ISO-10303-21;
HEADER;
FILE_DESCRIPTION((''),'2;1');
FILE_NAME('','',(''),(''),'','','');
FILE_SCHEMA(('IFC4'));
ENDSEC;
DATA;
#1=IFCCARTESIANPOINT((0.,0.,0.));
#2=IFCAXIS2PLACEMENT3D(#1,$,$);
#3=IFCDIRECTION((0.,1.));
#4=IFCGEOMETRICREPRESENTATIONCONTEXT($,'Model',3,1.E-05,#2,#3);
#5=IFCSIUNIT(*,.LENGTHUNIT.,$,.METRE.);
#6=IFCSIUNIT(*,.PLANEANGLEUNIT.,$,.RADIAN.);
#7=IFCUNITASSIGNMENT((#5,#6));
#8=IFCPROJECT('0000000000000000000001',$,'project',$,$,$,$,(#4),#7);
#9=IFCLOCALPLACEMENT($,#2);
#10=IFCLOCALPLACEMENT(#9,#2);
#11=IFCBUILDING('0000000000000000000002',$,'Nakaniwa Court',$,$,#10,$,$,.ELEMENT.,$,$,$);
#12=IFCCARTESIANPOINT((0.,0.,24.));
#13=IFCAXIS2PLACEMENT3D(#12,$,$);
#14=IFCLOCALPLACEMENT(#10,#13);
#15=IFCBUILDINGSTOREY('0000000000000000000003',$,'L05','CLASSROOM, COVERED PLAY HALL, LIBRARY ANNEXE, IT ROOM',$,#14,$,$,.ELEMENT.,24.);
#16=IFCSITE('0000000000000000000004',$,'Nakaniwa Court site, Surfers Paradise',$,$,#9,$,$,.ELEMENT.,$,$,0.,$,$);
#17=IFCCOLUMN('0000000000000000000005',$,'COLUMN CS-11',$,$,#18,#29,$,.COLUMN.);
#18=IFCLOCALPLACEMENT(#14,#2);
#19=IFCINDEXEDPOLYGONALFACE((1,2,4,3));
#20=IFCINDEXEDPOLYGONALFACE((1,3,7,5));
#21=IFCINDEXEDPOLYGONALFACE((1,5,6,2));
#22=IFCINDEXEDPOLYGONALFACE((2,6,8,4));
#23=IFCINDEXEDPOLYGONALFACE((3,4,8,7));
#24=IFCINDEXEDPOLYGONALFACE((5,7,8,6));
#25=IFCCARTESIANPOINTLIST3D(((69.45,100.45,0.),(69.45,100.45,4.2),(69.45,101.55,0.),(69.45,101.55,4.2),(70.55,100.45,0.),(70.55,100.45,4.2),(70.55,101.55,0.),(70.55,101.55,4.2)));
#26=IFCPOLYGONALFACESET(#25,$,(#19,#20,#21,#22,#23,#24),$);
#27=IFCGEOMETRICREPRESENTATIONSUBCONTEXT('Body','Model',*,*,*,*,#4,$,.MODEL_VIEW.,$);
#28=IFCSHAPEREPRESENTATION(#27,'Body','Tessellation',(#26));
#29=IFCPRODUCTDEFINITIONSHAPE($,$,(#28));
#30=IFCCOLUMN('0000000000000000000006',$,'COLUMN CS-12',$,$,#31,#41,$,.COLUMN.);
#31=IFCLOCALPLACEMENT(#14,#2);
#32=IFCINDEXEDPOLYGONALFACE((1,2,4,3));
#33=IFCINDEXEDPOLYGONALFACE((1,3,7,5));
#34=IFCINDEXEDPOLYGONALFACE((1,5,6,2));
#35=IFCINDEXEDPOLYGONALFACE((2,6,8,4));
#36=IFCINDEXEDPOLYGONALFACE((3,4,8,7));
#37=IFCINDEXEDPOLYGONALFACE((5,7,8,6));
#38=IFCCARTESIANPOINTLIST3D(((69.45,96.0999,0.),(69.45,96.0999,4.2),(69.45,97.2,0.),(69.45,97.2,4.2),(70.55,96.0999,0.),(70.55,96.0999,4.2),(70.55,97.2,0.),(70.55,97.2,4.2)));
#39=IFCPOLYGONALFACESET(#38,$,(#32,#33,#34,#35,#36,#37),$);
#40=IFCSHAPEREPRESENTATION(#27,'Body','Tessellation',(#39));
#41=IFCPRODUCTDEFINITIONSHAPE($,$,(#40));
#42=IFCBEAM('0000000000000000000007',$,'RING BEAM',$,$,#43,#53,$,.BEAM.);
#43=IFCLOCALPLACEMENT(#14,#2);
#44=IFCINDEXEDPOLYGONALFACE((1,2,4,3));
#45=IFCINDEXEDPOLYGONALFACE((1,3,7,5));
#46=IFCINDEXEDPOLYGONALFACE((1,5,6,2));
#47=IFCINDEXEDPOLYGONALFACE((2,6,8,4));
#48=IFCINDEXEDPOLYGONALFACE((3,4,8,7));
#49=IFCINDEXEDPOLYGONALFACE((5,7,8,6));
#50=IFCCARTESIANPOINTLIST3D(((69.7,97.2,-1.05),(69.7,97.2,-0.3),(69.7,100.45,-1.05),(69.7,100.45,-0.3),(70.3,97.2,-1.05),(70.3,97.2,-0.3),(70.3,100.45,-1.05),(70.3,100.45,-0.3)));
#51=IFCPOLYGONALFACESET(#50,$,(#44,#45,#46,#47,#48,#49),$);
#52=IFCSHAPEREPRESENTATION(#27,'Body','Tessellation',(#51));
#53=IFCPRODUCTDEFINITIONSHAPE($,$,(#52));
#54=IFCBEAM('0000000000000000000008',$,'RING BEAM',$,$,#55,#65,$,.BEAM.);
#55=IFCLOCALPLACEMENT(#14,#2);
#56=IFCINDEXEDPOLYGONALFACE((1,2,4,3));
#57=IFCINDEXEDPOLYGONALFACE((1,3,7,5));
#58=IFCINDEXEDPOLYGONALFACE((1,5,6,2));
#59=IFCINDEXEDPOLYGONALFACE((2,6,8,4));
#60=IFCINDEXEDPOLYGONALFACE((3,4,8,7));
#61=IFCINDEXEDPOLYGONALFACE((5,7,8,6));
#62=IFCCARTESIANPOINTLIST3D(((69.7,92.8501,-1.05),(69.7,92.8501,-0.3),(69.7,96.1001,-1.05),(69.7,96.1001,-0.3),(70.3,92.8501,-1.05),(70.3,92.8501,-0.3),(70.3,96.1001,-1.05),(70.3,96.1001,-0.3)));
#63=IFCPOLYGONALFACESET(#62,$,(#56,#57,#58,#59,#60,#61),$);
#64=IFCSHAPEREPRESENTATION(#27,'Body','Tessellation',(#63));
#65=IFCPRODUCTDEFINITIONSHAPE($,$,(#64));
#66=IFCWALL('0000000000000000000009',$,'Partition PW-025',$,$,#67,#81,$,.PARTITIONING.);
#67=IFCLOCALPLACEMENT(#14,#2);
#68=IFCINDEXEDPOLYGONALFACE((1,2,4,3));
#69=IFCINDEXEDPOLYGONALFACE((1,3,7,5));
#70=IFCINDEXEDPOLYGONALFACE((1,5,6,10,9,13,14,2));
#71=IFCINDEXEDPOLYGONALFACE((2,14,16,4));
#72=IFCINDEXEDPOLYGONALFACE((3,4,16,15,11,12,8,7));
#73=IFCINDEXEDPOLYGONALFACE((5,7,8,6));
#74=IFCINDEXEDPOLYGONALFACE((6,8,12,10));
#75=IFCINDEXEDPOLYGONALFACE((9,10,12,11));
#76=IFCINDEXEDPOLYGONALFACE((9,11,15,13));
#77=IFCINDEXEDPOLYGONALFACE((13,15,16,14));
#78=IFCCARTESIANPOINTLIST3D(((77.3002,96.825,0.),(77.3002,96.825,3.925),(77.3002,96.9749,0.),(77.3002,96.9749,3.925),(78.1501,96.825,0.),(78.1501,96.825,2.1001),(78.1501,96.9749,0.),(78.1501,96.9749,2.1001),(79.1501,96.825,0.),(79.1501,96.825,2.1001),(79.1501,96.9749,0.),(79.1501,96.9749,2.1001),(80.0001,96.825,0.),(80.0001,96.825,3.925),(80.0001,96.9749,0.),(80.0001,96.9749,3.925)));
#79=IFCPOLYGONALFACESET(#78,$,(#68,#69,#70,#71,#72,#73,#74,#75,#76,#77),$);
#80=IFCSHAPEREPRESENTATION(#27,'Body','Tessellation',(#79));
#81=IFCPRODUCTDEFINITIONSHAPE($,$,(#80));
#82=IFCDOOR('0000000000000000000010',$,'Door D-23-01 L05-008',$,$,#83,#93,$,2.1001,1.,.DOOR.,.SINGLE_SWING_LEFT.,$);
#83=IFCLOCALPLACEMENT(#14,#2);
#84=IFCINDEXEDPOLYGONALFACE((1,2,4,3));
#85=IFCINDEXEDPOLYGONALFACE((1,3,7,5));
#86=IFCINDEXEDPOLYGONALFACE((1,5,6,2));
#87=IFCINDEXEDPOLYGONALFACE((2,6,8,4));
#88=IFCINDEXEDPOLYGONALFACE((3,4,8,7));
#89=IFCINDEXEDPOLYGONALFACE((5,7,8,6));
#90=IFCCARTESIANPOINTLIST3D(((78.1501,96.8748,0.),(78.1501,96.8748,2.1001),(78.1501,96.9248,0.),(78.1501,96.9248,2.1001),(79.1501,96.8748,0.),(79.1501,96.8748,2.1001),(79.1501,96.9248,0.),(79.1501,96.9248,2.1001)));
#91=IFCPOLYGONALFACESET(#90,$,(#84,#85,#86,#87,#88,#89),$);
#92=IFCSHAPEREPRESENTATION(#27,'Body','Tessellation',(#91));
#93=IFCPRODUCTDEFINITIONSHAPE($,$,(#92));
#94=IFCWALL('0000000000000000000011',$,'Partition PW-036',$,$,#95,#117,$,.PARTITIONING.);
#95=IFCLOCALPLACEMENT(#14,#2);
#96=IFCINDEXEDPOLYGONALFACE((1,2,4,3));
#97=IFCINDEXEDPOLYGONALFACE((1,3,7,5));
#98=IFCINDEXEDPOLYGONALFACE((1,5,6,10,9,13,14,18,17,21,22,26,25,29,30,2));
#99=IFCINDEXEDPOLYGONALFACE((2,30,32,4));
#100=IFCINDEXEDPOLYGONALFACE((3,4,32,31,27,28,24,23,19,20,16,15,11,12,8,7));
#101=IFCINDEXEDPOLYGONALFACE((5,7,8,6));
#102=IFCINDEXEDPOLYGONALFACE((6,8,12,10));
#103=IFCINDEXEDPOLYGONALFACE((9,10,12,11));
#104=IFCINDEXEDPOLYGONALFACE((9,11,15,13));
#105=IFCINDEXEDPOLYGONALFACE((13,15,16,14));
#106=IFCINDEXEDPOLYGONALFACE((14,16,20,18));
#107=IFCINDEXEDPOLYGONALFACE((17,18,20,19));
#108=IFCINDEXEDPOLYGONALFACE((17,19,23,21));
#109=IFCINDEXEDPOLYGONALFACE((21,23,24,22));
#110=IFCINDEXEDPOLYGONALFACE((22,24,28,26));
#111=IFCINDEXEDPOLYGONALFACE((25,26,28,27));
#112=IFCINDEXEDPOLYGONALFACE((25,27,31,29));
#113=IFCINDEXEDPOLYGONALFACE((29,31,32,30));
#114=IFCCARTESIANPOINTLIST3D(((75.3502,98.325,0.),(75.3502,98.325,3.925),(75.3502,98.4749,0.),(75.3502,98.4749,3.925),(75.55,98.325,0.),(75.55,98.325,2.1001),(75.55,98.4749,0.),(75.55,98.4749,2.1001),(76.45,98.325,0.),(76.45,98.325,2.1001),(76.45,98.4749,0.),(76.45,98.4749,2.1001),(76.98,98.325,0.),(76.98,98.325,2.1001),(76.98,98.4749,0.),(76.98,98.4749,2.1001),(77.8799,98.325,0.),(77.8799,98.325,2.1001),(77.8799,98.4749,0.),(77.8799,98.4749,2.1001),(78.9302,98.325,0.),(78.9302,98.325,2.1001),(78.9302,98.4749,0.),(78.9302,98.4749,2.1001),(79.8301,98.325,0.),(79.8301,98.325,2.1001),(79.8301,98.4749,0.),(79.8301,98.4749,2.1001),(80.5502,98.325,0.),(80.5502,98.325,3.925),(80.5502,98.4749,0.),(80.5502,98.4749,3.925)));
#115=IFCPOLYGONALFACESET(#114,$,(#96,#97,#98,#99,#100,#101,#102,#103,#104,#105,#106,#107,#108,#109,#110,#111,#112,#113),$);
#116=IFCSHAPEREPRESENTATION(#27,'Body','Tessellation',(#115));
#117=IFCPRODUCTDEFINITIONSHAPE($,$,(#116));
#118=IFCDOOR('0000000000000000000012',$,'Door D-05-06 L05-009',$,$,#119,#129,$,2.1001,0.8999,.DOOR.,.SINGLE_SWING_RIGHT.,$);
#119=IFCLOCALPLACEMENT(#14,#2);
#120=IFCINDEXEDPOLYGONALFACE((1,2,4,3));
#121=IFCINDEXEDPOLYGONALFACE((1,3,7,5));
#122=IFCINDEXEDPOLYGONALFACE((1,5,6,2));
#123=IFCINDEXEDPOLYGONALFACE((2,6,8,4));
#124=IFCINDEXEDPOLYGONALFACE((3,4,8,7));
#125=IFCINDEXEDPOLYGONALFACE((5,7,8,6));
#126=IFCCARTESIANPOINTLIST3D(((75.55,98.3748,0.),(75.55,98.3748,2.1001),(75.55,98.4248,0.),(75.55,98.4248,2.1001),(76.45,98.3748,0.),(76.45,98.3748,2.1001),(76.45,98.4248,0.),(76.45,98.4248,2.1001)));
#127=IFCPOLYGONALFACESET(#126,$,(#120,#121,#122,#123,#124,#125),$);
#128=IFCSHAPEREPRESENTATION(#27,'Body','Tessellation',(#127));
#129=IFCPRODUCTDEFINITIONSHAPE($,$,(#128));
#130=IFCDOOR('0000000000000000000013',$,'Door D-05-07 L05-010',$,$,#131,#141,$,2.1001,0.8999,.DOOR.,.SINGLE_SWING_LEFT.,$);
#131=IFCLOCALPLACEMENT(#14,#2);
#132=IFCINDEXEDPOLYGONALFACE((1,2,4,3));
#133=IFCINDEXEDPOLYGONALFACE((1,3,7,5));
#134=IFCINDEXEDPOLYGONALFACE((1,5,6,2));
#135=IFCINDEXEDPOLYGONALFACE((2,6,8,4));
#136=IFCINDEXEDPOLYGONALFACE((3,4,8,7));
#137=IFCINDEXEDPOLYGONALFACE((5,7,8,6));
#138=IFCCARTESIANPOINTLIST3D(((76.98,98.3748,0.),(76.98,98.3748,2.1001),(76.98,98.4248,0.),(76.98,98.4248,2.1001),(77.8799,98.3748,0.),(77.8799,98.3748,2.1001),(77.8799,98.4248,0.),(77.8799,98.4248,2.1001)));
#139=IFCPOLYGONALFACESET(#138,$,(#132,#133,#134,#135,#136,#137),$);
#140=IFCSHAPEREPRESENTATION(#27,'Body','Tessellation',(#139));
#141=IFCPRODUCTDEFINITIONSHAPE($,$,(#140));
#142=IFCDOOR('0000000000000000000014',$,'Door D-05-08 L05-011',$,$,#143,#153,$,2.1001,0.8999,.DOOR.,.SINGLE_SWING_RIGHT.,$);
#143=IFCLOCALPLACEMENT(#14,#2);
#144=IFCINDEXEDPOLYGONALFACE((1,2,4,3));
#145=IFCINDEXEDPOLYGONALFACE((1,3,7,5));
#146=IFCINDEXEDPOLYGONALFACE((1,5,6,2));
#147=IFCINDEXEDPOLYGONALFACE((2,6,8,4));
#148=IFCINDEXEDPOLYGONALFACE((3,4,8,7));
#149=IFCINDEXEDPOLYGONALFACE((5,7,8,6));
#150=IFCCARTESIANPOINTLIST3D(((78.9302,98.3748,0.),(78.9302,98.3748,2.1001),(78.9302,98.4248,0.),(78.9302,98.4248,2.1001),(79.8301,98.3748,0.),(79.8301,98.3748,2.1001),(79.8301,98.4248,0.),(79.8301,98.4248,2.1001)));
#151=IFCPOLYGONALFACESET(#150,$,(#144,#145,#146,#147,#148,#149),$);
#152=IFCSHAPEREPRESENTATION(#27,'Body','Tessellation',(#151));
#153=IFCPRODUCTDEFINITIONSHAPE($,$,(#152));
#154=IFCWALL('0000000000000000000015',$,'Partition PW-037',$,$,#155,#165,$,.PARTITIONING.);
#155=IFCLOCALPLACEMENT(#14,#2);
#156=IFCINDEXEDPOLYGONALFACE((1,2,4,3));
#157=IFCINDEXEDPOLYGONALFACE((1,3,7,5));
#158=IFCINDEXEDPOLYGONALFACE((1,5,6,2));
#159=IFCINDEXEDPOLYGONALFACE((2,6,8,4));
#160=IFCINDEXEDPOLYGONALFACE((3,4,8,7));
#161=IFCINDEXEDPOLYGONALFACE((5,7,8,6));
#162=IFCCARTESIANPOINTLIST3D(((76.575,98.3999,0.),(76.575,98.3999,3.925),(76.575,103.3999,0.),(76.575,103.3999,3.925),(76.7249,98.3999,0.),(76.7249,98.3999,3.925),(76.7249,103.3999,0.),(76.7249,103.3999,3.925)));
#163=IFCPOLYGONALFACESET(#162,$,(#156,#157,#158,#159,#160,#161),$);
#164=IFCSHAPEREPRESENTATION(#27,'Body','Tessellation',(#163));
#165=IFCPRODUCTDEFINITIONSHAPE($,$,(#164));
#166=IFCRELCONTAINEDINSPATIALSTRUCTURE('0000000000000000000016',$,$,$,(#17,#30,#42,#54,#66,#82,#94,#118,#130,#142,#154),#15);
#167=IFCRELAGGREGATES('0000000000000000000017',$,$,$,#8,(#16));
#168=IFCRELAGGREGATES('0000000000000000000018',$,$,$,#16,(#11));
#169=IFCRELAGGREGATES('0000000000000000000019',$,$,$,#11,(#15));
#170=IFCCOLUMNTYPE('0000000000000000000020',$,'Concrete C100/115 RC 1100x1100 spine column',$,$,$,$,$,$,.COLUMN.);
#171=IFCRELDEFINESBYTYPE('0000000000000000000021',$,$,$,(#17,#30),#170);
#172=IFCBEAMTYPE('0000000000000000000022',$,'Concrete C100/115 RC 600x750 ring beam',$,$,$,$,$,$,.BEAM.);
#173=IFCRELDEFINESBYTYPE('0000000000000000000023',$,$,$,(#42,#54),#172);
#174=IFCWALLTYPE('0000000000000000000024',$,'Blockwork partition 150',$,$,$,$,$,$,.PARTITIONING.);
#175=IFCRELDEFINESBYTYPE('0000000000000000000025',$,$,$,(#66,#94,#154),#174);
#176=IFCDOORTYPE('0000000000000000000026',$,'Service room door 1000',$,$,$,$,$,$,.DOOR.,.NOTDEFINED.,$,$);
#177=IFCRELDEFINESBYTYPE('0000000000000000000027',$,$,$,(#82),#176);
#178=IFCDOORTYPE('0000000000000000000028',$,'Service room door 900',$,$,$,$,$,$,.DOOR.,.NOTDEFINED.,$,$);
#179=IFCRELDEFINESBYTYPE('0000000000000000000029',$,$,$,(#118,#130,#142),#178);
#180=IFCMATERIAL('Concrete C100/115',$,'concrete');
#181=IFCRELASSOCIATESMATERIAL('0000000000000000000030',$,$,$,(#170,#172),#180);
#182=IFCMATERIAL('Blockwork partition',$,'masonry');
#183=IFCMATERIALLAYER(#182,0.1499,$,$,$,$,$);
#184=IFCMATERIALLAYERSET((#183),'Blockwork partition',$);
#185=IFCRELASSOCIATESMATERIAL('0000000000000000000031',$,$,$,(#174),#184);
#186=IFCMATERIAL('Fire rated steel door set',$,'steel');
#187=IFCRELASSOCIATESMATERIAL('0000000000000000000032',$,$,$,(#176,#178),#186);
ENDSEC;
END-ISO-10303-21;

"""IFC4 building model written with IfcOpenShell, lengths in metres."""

from ifc_helpers import new_model, si_unit, direction, frame, frame_2d, origin, origin_2d, place, context, subcontext, project, spatial, rectangle, extrude, material, layer, layer_set, material_profile, profile_set, type_object, element, fill, save


model = new_model("IFC4")

# Units and contexts
model_context = context("Model", 3, precision=1e-05, world=origin(), true_north=direction((0.0, 1.0)))
body_context = subcontext(model_context, "Body", "Model", "MODEL_VIEW")
ifc_project = project(units=[si_unit("LENGTHUNIT", "METRE"), si_unit("PLANEANGLEUNIT", "RADIAN")], contexts=[model_context])

# Site, building, storey
site_placement = place(None, origin())
site = spatial("IfcSite", under=ifc_project, at=site_placement, Name="Nakaniwa Court site, Surfers Paradise", CompositionType="ELEMENT", RefElevation=0.0)
building_placement = place(site_placement, origin())
building = spatial("IfcBuilding", under=site, at=building_placement, Name="Nakaniwa Court", CompositionType="ELEMENT")
storey_placement = place(building_placement, frame((0.0, 0.0, 24.0)))
storey = spatial("IfcBuildingStorey", under=building, at=storey_placement, Name="L05", Description="CLASSROOM, COVERED PLAY HALL, LIBRARY ANNEXE, IT ROOM", CompositionType="ELEMENT", Elevation=24.0)

# Columns
ifc_material_1 = material(Name="Concrete C100/115", Category="concrete")
ifc_material_profile_1 = material_profile(ifc_material_1, rectangle(XDim=1.1001, YDim=1.1001, at=origin_2d()), Name="Concrete C100/115 RC 1100x1100 spine column")
ifc_profile_set_1 = profile_set([ifc_material_profile_1], Name="Concrete C100/115")
column_type = type_object("IfcColumnType", Name="Concrete C100/115 RC 1100x1100 spine column", PredefinedType="COLUMN", material=ifc_profile_set_1)
for number, where, z_axis, x_axis, name in (
    (1, (70.0, 101.0, 0.0), (0.0, 0.0, 1.0), (0.0, -1.0, 0.0), "COLUMN CS-11"),
    (2, (70.0, 96.6499, 0.0), (0.0, 0.0, 1.0), (0.0, -1.0, 0.0), "COLUMN CS-12"),
):
    element("IfcColumn", number, at=place(storey_placement, frame(where, z_axis=z_axis, x_axis=x_axis)), inside=storey, type_object=column_type, Name=name, PredefinedType="COLUMN", context=body_context, shape_type="SweptSolid", body=[
        extrude(rectangle(XDim=1.1001, YDim=1.1001, at=origin_2d()), origin(), (0.0, 0.0, 1.0), 4.2),
    ])

# Beams
ifc_material_profile_2 = material_profile(ifc_material_1, rectangle(XDim=0.6001, YDim=0.75, at=origin_2d()), Name="Concrete C100/115 RC 600x750 ring beam")
ifc_profile_set_2 = profile_set([ifc_material_profile_2], Name="Concrete C100/115")
beam_type = type_object("IfcBeamType", Name="Concrete C100/115 RC 600x750 ring beam", PredefinedType="BEAM", material=ifc_profile_set_2)
for number, where, z_axis, x_axis, name in (
    (3, (70.0, 100.45, -0.675), (0.0, -1.0, 0.0), (1.0, 0.0, 0.0), "RING BEAM"),
    (4, (70.0, 96.1001, -0.675), (0.0, -1.0, 0.0), (1.0, 0.0, 0.0), "RING BEAM"),
):
    element("IfcBeam", number, at=place(storey_placement, frame(where, z_axis=z_axis, x_axis=x_axis)), inside=storey, type_object=beam_type, Name=name, PredefinedType="BEAM", context=body_context, shape_type="SweptSolid", body=[
        extrude(rectangle(XDim=0.6001, YDim=0.75, at=origin_2d()), origin(), (0.0, 0.0, 1.0), 3.25),
    ])

# Wall, opening, door
ifc_material_2 = material(Name="Blockwork partition", Category="masonry")
ifc_layer_1 = layer(ifc_material_2, 0.1499)
ifc_layer_set_1 = layer_set([ifc_layer_1], Name="Blockwork partition")
wall_type_1 = type_object("IfcWallType", Name="Blockwork partition 150", PredefinedType="PARTITIONING", material=ifc_layer_set_1)
wall_1_placement = place(storey_placement, frame((77.3, 96.8999, 0.0), z_axis=(0.0, 0.0, 1.0), x_axis=(1.0, 0.0, 0.0)))
wall_1 = element("IfcWall", 5, at=wall_1_placement, inside=storey, type_object=wall_type_1, Name="Partition PW-025", PredefinedType="PARTITIONING", context=body_context, shape_type="SweptSolid", body=[
    extrude(rectangle(XDim=2.7, YDim=0.1499, at=frame_2d((1.3501, 0.0))), origin(), (0.0, 0.0, 1.0), 3.925),
])
opening_1_placement = place(wall_1_placement, frame((0.8501, 0.0, 0.0)))
opening_1 = element("IfcOpeningElement", 6, at=opening_1_placement, cuts=wall_1, PredefinedType="OPENING", context=body_context, shape_type="SweptSolid", body=[
    extrude(rectangle(XDim=1.0, YDim=2.1001, at=frame_2d((0.5, 1.05))), frame((0.0, 0.085, 0.0), z_axis=(0.0, -1.0, 0.0), x_axis=(1.0, 0.0, 0.0)), (0.0, 0.0, 1.0), 0.1699),
])
ifc_material_3 = material(Name="Fire rated steel door set", Category="steel")
door_type_1 = type_object("IfcDoorType", Name="Service room door 1000", OperationType="NOTDEFINED", PredefinedType="DOOR", material=ifc_material_3)
door_1_placement = place(opening_1_placement, origin())
door_1 = element("IfcDoor", 7, at=door_1_placement, inside=storey, type_object=door_type_1, Name="Door D-23-01 L05-008", OperationType="SINGLE_SWING_LEFT", OverallHeight=2.1001, OverallWidth=1.0, PredefinedType="DOOR", context=body_context, shape_type="SweptSolid", body=[
    extrude(rectangle(XDim=1.0, YDim=2.1001, at=frame_2d((0.5, 1.05))), frame((0.0, 0.0249, 0.0), z_axis=(0.0, -1.0, 0.0), x_axis=(1.0, 0.0, 0.0)), (0.0, 0.0, 1.0), 0.05),
])
fill(opening_1, door_1)

# Wall, openings, doors
wall_2_placement = place(storey_placement, frame((75.3501, 98.3999, 0.0), z_axis=(0.0, 0.0, 1.0), x_axis=(1.0, 0.0, 0.0)))
wall_2 = element("IfcWall", 8, at=wall_2_placement, inside=storey, type_object=wall_type_1, Name="Partition PW-036", PredefinedType="PARTITIONING", context=body_context, shape_type="SweptSolid", body=[
    extrude(rectangle(XDim=5.2, YDim=0.1499, at=frame_2d((2.6001, 0.0))), origin(), (0.0, 0.0, 1.0), 3.925),
])
opening_2_placement = place(wall_2_placement, frame((0.2, 0.0, 0.0)))
opening_2 = element("IfcOpeningElement", 9, at=opening_2_placement, cuts=wall_2, PredefinedType="OPENING", context=body_context, shape_type="SweptSolid", body=[
    extrude(rectangle(XDim=0.8999, YDim=2.1001, at=frame_2d((0.45, 1.05))), frame((0.0, 0.085, 0.0), z_axis=(0.0, -1.0, 0.0), x_axis=(1.0, 0.0, 0.0)), (0.0, 0.0, 1.0), 0.1699),
])
opening_3_placement = place(wall_2_placement, frame((1.6299, 0.0, 0.0)))
opening_3 = element("IfcOpeningElement", 10, at=opening_3_placement, cuts=wall_2, PredefinedType="OPENING", context=body_context, shape_type="SweptSolid", body=[
    extrude(rectangle(XDim=0.8999, YDim=2.1001, at=frame_2d((0.45, 1.05))), frame((0.0, 0.085, 0.0), z_axis=(0.0, -1.0, 0.0), x_axis=(1.0, 0.0, 0.0)), (0.0, 0.0, 1.0), 0.1699),
])
opening_4_placement = place(wall_2_placement, frame((3.5801, 0.0, 0.0)))
opening_4 = element("IfcOpeningElement", 11, at=opening_4_placement, cuts=wall_2, PredefinedType="OPENING", context=body_context, shape_type="SweptSolid", body=[
    extrude(rectangle(XDim=0.8999, YDim=2.1001, at=frame_2d((0.45, 1.05))), frame((0.0, 0.085, 0.0), z_axis=(0.0, -1.0, 0.0), x_axis=(1.0, 0.0, 0.0)), (0.0, 0.0, 1.0), 0.1699),
])
door_type_2 = type_object("IfcDoorType", Name="Service room door 900", OperationType="NOTDEFINED", PredefinedType="DOOR", material=ifc_material_3)
door_2_placement = place(opening_2_placement, origin())
door_2 = element("IfcDoor", 12, at=door_2_placement, inside=storey, type_object=door_type_2, Name="Door D-05-06 L05-009", OperationType="SINGLE_SWING_RIGHT", OverallHeight=2.1001, OverallWidth=0.8999, PredefinedType="DOOR", context=body_context, shape_type="SweptSolid", body=[
    extrude(rectangle(XDim=0.8999, YDim=2.1001, at=frame_2d((0.45, 1.05))), frame((0.0, 0.0249, 0.0), z_axis=(0.0, -1.0, 0.0), x_axis=(1.0, 0.0, 0.0)), (0.0, 0.0, 1.0), 0.05),
])
fill(opening_2, door_2)
door_3_placement = place(opening_3_placement, origin())
door_3 = element("IfcDoor", 13, at=door_3_placement, inside=storey, type_object=door_type_2, Name="Door D-05-07 L05-010", OperationType="SINGLE_SWING_LEFT", OverallHeight=2.1001, OverallWidth=0.8999, PredefinedType="DOOR", context=body_context, shape_type="SweptSolid", body=[
    extrude(rectangle(XDim=0.8999, YDim=2.1001, at=frame_2d((0.45, 1.05))), frame((0.0, 0.0249, 0.0), z_axis=(0.0, -1.0, 0.0), x_axis=(1.0, 0.0, 0.0)), (0.0, 0.0, 1.0), 0.05),
])
fill(opening_3, door_3)
door_4_placement = place(opening_4_placement, origin())
door_4 = element("IfcDoor", 14, at=door_4_placement, inside=storey, type_object=door_type_2, Name="Door D-05-08 L05-011", OperationType="SINGLE_SWING_RIGHT", OverallHeight=2.1001, OverallWidth=0.8999, PredefinedType="DOOR", context=body_context, shape_type="SweptSolid", body=[
    extrude(rectangle(XDim=0.8999, YDim=2.1001, at=frame_2d((0.45, 1.05))), frame((0.0, 0.0249, 0.0), z_axis=(0.0, -1.0, 0.0), x_axis=(1.0, 0.0, 0.0)), (0.0, 0.0, 1.0), 0.05),
])
fill(opening_4, door_4)

# Wall
wall_3_placement = place(storey_placement, frame((76.6499, 98.3999, 0.0), z_axis=(0.0, 0.0, 1.0), x_axis=(0.0, 1.0, 0.0)))
element("IfcWall", 15, at=wall_3_placement, inside=storey, type_object=wall_type_1, Name="Partition PW-037", PredefinedType="PARTITIONING", context=body_context, shape_type="SweptSolid", body=[
    extrude(rectangle(XDim=5.0, YDim=0.1499, at=frame_2d((2.5, 0.0))), origin(), (0.0, 0.0, 1.0), 3.925),
])

save(model, "model.ifc")
